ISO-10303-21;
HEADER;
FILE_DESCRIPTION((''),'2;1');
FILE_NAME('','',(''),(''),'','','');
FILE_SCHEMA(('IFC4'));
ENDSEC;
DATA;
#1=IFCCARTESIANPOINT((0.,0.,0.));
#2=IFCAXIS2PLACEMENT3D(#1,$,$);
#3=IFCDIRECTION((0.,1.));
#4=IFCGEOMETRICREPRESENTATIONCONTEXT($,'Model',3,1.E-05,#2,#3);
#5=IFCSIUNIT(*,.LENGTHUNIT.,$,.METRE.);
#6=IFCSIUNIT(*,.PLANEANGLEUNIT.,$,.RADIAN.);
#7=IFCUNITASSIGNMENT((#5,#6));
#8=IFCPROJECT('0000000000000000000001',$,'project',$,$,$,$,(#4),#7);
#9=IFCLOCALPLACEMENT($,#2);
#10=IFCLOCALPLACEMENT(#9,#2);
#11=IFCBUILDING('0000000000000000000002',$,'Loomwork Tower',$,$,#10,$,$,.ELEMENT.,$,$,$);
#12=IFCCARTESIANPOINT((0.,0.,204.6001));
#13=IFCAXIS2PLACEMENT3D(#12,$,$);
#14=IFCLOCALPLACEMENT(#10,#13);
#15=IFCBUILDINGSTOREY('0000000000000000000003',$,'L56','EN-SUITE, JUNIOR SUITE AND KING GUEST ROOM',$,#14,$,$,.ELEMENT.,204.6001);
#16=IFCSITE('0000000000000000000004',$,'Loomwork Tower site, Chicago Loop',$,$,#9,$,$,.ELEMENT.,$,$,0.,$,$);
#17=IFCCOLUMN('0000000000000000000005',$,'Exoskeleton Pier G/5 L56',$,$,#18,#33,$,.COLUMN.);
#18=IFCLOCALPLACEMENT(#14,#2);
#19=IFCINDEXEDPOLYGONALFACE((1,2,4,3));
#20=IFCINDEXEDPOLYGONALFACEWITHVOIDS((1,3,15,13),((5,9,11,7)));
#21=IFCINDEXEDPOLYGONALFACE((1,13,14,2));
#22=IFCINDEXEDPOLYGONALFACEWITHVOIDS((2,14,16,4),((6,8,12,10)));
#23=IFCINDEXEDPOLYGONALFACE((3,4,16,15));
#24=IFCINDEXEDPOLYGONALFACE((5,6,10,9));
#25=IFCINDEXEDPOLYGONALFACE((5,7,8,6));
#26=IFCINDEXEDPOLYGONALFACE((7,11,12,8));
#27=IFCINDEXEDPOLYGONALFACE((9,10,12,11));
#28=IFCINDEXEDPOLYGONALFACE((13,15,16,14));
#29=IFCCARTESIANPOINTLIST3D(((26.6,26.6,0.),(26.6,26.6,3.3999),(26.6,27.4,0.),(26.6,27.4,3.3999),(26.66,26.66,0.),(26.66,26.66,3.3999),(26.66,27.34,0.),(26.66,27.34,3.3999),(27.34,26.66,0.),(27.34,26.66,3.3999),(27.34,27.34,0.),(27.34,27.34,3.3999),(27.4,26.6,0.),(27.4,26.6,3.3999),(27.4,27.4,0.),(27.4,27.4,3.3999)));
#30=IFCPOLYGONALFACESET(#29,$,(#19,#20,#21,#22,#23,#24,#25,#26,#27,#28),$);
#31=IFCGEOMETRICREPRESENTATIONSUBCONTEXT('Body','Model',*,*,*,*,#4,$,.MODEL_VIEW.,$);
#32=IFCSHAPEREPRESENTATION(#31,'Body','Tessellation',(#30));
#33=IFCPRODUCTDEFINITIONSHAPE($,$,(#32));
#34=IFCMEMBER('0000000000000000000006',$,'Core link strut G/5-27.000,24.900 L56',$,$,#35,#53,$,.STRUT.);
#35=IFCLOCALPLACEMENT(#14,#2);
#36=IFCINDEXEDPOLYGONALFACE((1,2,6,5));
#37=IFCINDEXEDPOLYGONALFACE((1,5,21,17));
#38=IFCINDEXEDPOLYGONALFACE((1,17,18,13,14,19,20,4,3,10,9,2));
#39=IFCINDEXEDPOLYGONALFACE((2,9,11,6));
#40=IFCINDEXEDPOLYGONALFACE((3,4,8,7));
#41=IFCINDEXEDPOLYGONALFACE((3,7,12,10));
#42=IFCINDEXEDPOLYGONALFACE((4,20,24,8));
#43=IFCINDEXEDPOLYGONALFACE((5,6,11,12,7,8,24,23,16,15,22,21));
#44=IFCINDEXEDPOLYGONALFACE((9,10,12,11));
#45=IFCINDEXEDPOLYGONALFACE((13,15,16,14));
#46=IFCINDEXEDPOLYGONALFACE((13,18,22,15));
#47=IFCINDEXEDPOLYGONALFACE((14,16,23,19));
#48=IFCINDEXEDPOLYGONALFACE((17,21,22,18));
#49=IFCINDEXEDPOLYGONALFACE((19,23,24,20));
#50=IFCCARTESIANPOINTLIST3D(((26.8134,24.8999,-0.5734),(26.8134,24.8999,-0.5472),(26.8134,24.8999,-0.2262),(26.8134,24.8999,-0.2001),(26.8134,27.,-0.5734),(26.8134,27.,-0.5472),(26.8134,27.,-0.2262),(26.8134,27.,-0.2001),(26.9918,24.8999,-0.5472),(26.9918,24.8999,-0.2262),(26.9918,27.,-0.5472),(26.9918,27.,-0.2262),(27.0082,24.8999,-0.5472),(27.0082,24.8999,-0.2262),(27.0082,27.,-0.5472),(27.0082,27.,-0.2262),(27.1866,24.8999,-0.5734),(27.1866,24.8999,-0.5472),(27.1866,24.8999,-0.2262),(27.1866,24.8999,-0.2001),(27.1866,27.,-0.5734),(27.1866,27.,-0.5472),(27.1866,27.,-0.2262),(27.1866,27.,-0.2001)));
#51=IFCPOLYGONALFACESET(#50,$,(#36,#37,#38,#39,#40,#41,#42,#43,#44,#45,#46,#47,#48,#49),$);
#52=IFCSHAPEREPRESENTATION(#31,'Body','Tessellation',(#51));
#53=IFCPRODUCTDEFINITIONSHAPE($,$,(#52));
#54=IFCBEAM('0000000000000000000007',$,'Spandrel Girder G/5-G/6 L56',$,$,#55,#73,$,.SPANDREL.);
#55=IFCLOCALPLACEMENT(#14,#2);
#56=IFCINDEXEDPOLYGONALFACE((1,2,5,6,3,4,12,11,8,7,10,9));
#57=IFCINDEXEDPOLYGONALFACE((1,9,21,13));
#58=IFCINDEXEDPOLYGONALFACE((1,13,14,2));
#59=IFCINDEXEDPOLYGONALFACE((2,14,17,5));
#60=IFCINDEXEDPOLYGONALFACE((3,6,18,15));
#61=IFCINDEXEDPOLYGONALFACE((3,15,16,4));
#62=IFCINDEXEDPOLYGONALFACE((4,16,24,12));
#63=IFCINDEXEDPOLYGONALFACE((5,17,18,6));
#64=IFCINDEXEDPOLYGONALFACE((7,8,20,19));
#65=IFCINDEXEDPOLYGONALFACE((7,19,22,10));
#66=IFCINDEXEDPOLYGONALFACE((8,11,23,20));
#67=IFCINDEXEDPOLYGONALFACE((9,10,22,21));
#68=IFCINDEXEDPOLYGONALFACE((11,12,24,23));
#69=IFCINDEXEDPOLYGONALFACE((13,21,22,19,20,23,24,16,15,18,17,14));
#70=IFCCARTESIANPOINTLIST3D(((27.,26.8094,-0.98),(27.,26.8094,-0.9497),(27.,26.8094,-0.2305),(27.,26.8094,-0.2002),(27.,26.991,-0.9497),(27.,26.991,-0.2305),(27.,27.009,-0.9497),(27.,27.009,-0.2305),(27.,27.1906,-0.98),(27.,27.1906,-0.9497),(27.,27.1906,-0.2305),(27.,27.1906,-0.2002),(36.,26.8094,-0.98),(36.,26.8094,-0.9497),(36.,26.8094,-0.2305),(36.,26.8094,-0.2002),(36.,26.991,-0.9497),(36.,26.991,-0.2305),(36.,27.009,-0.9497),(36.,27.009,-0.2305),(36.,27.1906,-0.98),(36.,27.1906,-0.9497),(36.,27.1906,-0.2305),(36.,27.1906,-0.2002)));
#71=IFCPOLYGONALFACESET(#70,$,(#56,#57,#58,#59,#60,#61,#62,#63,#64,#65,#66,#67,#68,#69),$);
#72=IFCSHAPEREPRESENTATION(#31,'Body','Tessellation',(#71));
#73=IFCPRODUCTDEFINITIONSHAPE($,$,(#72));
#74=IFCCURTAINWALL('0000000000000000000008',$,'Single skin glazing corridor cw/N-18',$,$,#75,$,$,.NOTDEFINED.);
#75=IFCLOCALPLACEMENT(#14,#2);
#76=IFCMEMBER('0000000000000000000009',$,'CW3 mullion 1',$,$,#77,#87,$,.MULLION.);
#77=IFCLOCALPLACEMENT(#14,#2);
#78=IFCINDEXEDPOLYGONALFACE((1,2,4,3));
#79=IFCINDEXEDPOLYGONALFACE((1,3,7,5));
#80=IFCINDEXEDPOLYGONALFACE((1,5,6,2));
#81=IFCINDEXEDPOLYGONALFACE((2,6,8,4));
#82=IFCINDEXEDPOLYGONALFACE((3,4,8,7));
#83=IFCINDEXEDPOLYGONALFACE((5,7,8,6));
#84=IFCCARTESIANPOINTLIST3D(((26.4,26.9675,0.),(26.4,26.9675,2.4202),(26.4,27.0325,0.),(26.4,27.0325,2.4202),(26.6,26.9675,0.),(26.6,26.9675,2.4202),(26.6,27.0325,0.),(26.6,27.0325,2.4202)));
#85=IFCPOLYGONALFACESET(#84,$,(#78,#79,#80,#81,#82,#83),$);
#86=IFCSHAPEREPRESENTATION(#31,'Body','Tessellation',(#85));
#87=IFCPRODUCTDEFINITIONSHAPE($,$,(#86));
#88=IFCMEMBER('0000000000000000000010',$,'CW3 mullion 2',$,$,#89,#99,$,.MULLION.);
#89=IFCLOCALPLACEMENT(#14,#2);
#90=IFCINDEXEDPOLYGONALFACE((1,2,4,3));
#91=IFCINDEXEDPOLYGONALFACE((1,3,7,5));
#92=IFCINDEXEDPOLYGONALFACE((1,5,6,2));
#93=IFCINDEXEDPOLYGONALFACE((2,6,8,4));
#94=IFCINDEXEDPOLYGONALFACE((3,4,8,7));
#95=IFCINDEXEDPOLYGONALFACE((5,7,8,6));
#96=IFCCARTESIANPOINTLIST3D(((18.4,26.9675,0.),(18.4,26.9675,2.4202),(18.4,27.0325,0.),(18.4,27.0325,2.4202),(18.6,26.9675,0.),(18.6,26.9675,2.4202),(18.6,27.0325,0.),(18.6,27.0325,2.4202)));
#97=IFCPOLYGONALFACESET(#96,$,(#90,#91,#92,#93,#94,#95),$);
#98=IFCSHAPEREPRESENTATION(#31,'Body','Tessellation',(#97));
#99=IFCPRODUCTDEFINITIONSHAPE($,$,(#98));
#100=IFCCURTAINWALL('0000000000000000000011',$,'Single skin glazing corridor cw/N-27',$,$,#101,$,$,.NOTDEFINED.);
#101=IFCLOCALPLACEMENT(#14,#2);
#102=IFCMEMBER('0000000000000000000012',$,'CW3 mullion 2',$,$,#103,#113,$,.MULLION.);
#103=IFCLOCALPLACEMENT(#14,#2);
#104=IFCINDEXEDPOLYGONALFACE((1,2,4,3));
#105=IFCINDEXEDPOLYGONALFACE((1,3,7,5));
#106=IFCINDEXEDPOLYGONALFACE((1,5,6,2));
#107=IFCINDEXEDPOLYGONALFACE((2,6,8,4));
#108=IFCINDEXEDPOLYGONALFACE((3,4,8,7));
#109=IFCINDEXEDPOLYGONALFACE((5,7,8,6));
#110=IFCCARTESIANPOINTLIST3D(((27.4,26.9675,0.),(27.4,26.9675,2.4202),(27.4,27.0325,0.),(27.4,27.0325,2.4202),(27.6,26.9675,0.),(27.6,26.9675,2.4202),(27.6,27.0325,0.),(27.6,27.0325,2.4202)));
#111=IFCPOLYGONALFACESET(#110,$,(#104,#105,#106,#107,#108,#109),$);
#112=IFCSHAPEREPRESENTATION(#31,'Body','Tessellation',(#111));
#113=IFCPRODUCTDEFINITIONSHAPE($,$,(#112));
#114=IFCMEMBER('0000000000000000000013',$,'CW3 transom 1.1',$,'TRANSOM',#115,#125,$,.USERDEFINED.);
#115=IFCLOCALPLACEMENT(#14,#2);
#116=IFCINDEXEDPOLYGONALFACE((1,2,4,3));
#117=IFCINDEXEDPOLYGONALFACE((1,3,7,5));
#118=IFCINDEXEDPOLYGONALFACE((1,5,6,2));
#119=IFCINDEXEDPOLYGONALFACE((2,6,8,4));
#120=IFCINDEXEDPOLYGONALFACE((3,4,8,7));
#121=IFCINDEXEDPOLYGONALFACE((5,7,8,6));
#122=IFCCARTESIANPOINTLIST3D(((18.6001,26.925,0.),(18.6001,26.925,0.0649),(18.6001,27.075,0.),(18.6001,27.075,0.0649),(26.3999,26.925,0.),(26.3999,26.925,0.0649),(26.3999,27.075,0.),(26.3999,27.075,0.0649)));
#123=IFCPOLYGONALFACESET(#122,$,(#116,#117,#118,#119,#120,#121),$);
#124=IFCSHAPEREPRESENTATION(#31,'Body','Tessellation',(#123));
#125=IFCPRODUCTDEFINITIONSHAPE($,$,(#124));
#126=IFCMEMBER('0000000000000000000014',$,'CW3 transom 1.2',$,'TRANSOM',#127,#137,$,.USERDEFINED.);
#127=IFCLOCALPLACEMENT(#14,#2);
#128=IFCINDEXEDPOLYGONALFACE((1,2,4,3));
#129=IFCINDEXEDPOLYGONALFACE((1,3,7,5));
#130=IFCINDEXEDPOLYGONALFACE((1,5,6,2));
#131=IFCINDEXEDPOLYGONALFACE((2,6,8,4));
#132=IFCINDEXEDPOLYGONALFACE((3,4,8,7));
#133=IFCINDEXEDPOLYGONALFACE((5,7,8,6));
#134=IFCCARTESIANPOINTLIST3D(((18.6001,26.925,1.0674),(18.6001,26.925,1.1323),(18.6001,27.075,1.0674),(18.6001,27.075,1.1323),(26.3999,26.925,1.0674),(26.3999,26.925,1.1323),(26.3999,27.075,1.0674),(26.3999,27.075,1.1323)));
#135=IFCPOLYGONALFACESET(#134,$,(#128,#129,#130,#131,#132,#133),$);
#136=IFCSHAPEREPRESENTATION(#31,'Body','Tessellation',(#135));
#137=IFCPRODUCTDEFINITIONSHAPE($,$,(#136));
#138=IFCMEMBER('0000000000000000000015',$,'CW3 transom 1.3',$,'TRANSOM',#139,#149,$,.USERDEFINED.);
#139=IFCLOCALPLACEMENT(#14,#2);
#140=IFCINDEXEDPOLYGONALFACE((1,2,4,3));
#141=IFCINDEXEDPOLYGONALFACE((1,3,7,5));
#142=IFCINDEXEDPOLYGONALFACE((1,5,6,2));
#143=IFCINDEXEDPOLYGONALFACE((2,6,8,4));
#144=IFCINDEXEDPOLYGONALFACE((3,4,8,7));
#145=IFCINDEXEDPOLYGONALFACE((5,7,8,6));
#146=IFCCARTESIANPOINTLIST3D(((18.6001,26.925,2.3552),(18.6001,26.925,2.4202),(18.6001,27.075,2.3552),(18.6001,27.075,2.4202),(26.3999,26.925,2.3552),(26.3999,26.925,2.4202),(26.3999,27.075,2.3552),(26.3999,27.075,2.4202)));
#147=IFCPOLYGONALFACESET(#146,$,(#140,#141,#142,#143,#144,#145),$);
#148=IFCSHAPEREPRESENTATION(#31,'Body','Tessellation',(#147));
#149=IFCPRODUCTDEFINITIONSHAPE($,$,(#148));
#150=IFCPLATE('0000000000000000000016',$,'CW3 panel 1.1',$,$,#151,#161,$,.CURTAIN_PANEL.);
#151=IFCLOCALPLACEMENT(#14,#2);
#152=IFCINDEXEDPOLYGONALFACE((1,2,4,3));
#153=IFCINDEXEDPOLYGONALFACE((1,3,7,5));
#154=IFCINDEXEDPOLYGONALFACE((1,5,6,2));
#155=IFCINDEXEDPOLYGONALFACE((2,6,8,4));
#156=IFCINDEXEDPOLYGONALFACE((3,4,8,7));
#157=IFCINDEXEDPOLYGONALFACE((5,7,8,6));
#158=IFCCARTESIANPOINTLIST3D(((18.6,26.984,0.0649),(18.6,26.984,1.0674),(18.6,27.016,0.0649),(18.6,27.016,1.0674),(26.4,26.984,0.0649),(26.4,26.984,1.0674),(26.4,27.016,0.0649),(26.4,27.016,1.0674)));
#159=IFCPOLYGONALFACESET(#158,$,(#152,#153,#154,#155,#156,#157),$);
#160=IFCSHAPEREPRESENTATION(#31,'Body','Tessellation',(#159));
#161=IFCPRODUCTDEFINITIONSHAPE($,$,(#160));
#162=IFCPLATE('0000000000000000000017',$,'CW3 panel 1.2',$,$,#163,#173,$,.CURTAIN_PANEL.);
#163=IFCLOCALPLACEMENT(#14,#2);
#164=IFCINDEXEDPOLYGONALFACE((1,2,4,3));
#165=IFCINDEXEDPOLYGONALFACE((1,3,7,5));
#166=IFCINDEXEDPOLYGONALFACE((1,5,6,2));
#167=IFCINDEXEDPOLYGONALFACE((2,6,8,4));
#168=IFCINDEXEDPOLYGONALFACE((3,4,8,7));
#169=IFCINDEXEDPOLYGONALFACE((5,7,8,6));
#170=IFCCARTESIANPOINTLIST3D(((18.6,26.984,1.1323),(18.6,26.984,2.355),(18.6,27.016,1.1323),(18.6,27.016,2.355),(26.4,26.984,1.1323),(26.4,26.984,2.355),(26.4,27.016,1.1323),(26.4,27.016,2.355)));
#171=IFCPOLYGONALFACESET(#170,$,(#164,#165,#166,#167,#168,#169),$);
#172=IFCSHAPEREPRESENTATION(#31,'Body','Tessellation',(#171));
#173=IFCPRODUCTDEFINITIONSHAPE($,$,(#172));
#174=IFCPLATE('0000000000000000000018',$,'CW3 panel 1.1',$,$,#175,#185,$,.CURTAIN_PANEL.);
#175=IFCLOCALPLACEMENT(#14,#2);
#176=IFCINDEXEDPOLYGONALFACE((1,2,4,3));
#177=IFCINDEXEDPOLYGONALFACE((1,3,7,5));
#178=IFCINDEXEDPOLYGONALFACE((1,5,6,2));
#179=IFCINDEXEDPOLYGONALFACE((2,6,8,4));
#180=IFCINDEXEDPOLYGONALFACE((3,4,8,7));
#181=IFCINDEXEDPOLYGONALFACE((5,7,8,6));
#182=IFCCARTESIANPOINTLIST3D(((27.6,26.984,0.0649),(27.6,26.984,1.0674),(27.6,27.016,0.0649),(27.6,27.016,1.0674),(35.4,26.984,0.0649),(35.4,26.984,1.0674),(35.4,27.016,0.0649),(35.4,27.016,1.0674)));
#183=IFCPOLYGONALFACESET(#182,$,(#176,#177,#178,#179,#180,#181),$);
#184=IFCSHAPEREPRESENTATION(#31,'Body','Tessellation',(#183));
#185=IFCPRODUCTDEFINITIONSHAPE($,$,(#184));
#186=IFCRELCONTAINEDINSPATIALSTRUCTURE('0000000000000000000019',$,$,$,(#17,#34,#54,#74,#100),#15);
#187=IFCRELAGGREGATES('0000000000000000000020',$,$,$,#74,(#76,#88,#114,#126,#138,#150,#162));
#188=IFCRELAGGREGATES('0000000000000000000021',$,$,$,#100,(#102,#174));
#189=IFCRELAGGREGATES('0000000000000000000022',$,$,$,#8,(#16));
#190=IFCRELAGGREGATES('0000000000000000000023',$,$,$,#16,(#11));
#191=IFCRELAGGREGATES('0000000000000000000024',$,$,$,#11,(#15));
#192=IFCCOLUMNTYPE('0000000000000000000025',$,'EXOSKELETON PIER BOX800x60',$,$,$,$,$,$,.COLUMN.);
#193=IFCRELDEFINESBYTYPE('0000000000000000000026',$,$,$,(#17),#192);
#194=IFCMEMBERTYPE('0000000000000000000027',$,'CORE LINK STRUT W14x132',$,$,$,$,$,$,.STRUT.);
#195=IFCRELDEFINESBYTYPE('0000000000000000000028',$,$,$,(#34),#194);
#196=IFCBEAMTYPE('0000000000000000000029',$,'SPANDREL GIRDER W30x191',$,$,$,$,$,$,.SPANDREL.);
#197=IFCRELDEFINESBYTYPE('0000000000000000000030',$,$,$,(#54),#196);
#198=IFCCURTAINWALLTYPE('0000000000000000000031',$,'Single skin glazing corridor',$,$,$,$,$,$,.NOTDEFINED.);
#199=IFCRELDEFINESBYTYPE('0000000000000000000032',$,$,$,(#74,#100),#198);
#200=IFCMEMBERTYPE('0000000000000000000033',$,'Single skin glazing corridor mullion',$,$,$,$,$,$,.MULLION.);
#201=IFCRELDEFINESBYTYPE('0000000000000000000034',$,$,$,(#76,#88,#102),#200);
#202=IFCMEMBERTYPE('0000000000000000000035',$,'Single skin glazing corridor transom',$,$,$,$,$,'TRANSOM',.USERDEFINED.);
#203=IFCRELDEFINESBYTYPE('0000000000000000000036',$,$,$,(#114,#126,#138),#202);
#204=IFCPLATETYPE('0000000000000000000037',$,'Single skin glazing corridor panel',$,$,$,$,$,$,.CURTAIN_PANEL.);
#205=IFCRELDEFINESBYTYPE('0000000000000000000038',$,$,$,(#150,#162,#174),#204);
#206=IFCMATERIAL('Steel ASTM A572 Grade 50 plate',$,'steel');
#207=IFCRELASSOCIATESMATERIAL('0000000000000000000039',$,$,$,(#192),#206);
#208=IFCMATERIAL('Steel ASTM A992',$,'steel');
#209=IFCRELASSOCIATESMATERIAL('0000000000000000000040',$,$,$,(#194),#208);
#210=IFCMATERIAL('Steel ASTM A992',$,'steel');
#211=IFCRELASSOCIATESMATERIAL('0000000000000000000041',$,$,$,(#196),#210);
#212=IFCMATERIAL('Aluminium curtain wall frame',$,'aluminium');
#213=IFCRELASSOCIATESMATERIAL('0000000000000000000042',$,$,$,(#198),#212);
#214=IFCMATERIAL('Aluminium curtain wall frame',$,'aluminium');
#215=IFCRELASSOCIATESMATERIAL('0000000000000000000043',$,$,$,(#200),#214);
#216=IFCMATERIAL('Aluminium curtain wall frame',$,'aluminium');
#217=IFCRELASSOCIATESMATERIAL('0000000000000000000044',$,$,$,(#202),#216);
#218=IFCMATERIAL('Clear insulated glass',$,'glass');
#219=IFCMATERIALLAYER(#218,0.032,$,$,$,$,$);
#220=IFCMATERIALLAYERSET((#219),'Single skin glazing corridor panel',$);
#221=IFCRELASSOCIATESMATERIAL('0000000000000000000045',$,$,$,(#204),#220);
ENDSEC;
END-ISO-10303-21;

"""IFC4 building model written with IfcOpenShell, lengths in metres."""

from ifc_helpers import new_model, si_unit, direction, frame, origin, origin_2d, place, context, subcontext, project, spatial, rectangle, hollow_rectangle, i_section, extrude, material, layer, layer_set, material_profile, profile_set, type_object, element, aggregate, save


model = new_model("IFC4")

# Units and contexts
model_context = context("Model", 3, precision=1e-05, world=origin(), true_north=direction((0.0, 1.0)))
body_context = subcontext(model_context, "Body", "Model", "MODEL_VIEW")
ifc_project = project(units=[si_unit("LENGTHUNIT", "METRE"), si_unit("PLANEANGLEUNIT", "RADIAN")], contexts=[model_context])

# Site, building, storey
site_placement = place(None, origin())
site = spatial("IfcSite", under=ifc_project, at=site_placement, Name="Loomwork Tower site, Chicago Loop", CompositionType="ELEMENT", RefElevation=0.0)
building_placement = place(site_placement, origin())
building = spatial("IfcBuilding", under=site, at=building_placement, Name="Loomwork Tower", CompositionType="ELEMENT")
storey_placement = place(building_placement, frame((0.0, 0.0, 204.6001)))
storey = spatial("IfcBuildingStorey", under=building, at=storey_placement, Name="L56", Description="EN-SUITE, JUNIOR SUITE AND KING GUEST ROOM", CompositionType="ELEMENT", Elevation=204.6001)

# Column
ifc_material_1 = material(Name="Steel ASTM A572 Grade 50 plate", Category="steel")
ifc_material_profile_1 = material_profile(ifc_material_1, hollow_rectangle(XDim=0.8, YDim=0.8, WallThickness=0.0601, at=origin_2d()), Name="BOX800x60")
ifc_profile_set_1 = profile_set([ifc_material_profile_1], Name="Steel ASTM A572 Grade 50 plate")
column_type = type_object("IfcColumnType", Name="EXOSKELETON PIER BOX800x60", PredefinedType="COLUMN", material=ifc_profile_set_1)
column_placement = place(storey_placement, frame((27.0, 27.0, 0.0), z_axis=(0.0, 0.0, 1.0), x_axis=(1.0, 0.0, 0.0)))
element("IfcColumn", 1, at=column_placement, inside=storey, type_object=column_type, Name="Exoskeleton Pier G/5 L56", PredefinedType="COLUMN", context=body_context, shape_type="SweptSolid", body=[
    extrude(hollow_rectangle(XDim=0.8, YDim=0.8, WallThickness=0.0601, at=origin_2d()), origin(), (0.0, 0.0, 1.0), 3.3999),
])

# Member
ifc_material_2 = material(Name="Steel ASTM A992", Category="steel")
ifc_material_profile_2 = material_profile(ifc_material_2, i_section(OverallWidth=0.3733, OverallDepth=0.3733, WebThickness=0.0164, FlangeThickness=0.0261, at=origin_2d()), Name="W14x132")
ifc_profile_set_2 = profile_set([ifc_material_profile_2], Name="Steel ASTM A992")
member_type_1 = type_object("IfcMemberType", Name="CORE LINK STRUT W14x132", PredefinedType="STRUT", material=ifc_profile_set_2)
member_1_placement = place(storey_placement, frame((27.0, 27.0, -0.3867), z_axis=(0.0, -1.0, 0.0), x_axis=(1.0, 0.0, 0.0)))
element("IfcMember", 2, at=member_1_placement, inside=storey, type_object=member_type_1, Name="Core link strut G/5-27.000,24.900 L56", PredefinedType="STRUT", context=body_context, shape_type="SweptSolid", body=[
    extrude(i_section(OverallWidth=0.3733, OverallDepth=0.3733, WebThickness=0.0164, FlangeThickness=0.0261, at=origin_2d()), origin(), (0.0, 0.0, 1.0), 2.1001),
])

# Beam
ifc_material_3 = material(Name="Steel ASTM A992", Category="steel")
ifc_material_profile_3 = material_profile(ifc_material_3, i_section(OverallWidth=0.3811, OverallDepth=0.7798, WebThickness=0.0181, FlangeThickness=0.0303, at=origin_2d()), Name="W30x191")
ifc_profile_set_3 = profile_set([ifc_material_profile_3], Name="Steel ASTM A992")
beam_type = type_object("IfcBeamType", Name="SPANDREL GIRDER W30x191", PredefinedType="SPANDREL", material=ifc_profile_set_3)
beam_placement = place(storey_placement, frame((27.0, 27.0, -0.5901), z_axis=(1.0, 0.0, 0.0), x_axis=(0.0, 1.0, 0.0)))
element("IfcBeam", 3, at=beam_placement, inside=storey, type_object=beam_type, Name="Spandrel Girder G/5-G/6 L56", PredefinedType="SPANDREL", context=body_context, shape_type="SweptSolid", body=[
    extrude(i_section(OverallWidth=0.3811, OverallDepth=0.7798, WebThickness=0.0181, FlangeThickness=0.0303, at=origin_2d()), origin(), (0.0, 0.0, 1.0), 9.0),
])

# Curtain wall, members
ifc_material_4 = material(Name="Aluminium curtain wall frame", Category="aluminium")
curtain_wall_type = type_object("IfcCurtainWallType", Name="Single skin glazing corridor", PredefinedType="NOTDEFINED", material=ifc_material_4)
curtain_wall_1_placement = place(storey_placement, origin())
curtain_wall_1 = element("IfcCurtainWall", 4, at=curtain_wall_1_placement, inside=storey, type_object=curtain_wall_type, Name="Single skin glazing corridor cw/N-18", PredefinedType="NOTDEFINED")
ifc_material_5 = material(Name="Aluminium curtain wall frame", Category="aluminium")
ifc_material_profile_4 = material_profile(ifc_material_5, rectangle(XDim=0.0649, YDim=0.2, at=origin_2d()), Name="AL 65x200")
ifc_profile_set_4 = profile_set([ifc_material_profile_4], Name="Aluminium curtain wall frame")
member_type_2 = type_object("IfcMemberType", Name="Single skin glazing corridor mullion", PredefinedType="MULLION", material=ifc_profile_set_4)
member_2_placement = place(storey_placement, frame((26.5, 27.0, 0.0), z_axis=(0.0, 0.0, 1.0), x_axis=(0.0, -1.0, 0.0)))
member_2 = element("IfcMember", 5, at=member_2_placement, type_object=member_type_2, Name="CW3 mullion 1", PredefinedType="MULLION", context=body_context, shape_type="SweptSolid", body=[
    extrude(rectangle(XDim=0.0649, YDim=0.2, at=origin_2d()), origin(), (0.0, 0.0, 1.0), 2.4202),
])
member_3_placement = place(storey_placement, frame((18.5, 27.0, 0.0), z_axis=(0.0, 0.0, 1.0), x_axis=(0.0, -1.0, 0.0)))
member_3 = element("IfcMember", 6, at=member_3_placement, type_object=member_type_2, Name="CW3 mullion 2", PredefinedType="MULLION", context=body_context, shape_type="SweptSolid", body=[
    extrude(rectangle(XDim=0.0649, YDim=0.2, at=origin_2d()), origin(), (0.0, 0.0, 1.0), 2.4202),
])

# Curtain wall, member
curtain_wall_2_placement = place(storey_placement, origin())
curtain_wall_2 = element("IfcCurtainWall", 7, at=curtain_wall_2_placement, inside=storey, type_object=curtain_wall_type, Name="Single skin glazing corridor cw/N-27", PredefinedType="NOTDEFINED")
member_4_placement = place(storey_placement, frame((27.5, 27.0, 0.0), z_axis=(0.0, 0.0, 1.0), x_axis=(0.0, -1.0, 0.0)))
member_4 = element("IfcMember", 8, at=member_4_placement, type_object=member_type_2, Name="CW3 mullion 2", PredefinedType="MULLION", context=body_context, shape_type="SweptSolid", body=[
    extrude(rectangle(XDim=0.0649, YDim=0.2, at=origin_2d()), origin(), (0.0, 0.0, 1.0), 2.4202),
])

# Members
ifc_material_6 = material(Name="Aluminium curtain wall frame", Category="aluminium")
ifc_material_profile_5 = material_profile(ifc_material_6, rectangle(XDim=0.1499, YDim=0.0649, at=origin_2d()), Name="AL 65x150")
ifc_profile_set_5 = profile_set([ifc_material_profile_5], Name="Aluminium curtain wall frame")
member_type_3 = type_object("IfcMemberType", Name="Single skin glazing corridor transom", ElementType="TRANSOM", PredefinedType="USERDEFINED", material=ifc_profile_set_5)
member_5_placement = place(storey_placement, frame((26.3999, 27.0, 0.0325), z_axis=(-1.0, 0.0, 0.0), x_axis=(0.0, -1.0, 0.0)))
member_5 = element("IfcMember", 9, at=member_5_placement, type_object=member_type_3, Name="CW3 transom 1.1", ObjectType="TRANSOM", PredefinedType="USERDEFINED", context=body_context, shape_type="SweptSolid", body=[
    extrude(rectangle(XDim=0.1499, YDim=0.0649, at=origin_2d()), origin(), (0.0, 0.0, 1.0), 7.7998),
])
member_6_placement = place(storey_placement, frame((26.3999, 27.0, 1.0999), z_axis=(-1.0, 0.0, 0.0), x_axis=(0.0, -1.0, 0.0)))
member_6 = element("IfcMember", 10, at=member_6_placement, type_object=member_type_3, Name="CW3 transom 1.2", ObjectType="TRANSOM", PredefinedType="USERDEFINED", context=body_context, shape_type="SweptSolid", body=[
    extrude(rectangle(XDim=0.1499, YDim=0.0649, at=origin_2d()), origin(), (0.0, 0.0, 1.0), 7.7998),
])
member_7_placement = place(storey_placement, frame((26.3999, 27.0, 2.3877), z_axis=(-1.0, 0.0, 0.0), x_axis=(0.0, -1.0, 0.0)))
member_7 = element("IfcMember", 11, at=member_7_placement, type_object=member_type_3, Name="CW3 transom 1.3", ObjectType="TRANSOM", PredefinedType="USERDEFINED", context=body_context, shape_type="SweptSolid", body=[
    extrude(rectangle(XDim=0.1499, YDim=0.0649, at=origin_2d()), origin(), (0.0, 0.0, 1.0), 7.7998),
])

# Plates
ifc_material_7 = material(Name="Clear insulated glass", Category="glass")
ifc_layer_1 = layer(ifc_material_7, 0.032)
ifc_layer_set_1 = layer_set([ifc_layer_1], Name="Single skin glazing corridor panel")
plate_type = type_object("IfcPlateType", Name="Single skin glazing corridor panel", PredefinedType="CURTAIN_PANEL", material=ifc_layer_set_1)
plate_1_placement = place(storey_placement, frame((22.5, 27.0, 0.0649), z_axis=(0.0, 0.0, 1.0), x_axis=(-1.0, 0.0, 0.0)))
plate_1 = element("IfcPlate", 12, at=plate_1_placement, type_object=plate_type, Name="CW3 panel 1.1", PredefinedType="CURTAIN_PANEL", context=body_context, shape_type="SweptSolid", body=[
    extrude(rectangle(XDim=7.8, YDim=0.032, at=origin_2d()), origin(), (0.0, 0.0, 1.0), 1.0024),
])
plate_2_placement = place(storey_placement, frame((22.5, 27.0, 1.1323), z_axis=(0.0, 0.0, 1.0), x_axis=(-1.0, 0.0, 0.0)))
plate_2 = element("IfcPlate", 13, at=plate_2_placement, type_object=plate_type, Name="CW3 panel 1.2", PredefinedType="CURTAIN_PANEL", context=body_context, shape_type="SweptSolid", body=[
    extrude(rectangle(XDim=7.8, YDim=0.032, at=origin_2d()), origin(), (0.0, 0.0, 1.0), 1.2227),
])
aggregate(curtain_wall_1, [member_2, member_3, member_5, member_6, member_7, plate_1, plate_2])
plate_3_placement = place(storey_placement, frame((31.5, 27.0, 0.0649), z_axis=(0.0, 0.0, 1.0), x_axis=(-1.0, 0.0, 0.0)))
plate_3 = element("IfcPlate", 14, at=plate_3_placement, type_object=plate_type, Name="CW3 panel 1.1", PredefinedType="CURTAIN_PANEL", context=body_context, shape_type="SweptSolid", body=[
    extrude(rectangle(XDim=7.8, YDim=0.032, at=origin_2d()), origin(), (0.0, 0.0, 1.0), 1.0024),
])
aggregate(curtain_wall_2, [member_4, plate_3])

save(model, "model.ifc")
